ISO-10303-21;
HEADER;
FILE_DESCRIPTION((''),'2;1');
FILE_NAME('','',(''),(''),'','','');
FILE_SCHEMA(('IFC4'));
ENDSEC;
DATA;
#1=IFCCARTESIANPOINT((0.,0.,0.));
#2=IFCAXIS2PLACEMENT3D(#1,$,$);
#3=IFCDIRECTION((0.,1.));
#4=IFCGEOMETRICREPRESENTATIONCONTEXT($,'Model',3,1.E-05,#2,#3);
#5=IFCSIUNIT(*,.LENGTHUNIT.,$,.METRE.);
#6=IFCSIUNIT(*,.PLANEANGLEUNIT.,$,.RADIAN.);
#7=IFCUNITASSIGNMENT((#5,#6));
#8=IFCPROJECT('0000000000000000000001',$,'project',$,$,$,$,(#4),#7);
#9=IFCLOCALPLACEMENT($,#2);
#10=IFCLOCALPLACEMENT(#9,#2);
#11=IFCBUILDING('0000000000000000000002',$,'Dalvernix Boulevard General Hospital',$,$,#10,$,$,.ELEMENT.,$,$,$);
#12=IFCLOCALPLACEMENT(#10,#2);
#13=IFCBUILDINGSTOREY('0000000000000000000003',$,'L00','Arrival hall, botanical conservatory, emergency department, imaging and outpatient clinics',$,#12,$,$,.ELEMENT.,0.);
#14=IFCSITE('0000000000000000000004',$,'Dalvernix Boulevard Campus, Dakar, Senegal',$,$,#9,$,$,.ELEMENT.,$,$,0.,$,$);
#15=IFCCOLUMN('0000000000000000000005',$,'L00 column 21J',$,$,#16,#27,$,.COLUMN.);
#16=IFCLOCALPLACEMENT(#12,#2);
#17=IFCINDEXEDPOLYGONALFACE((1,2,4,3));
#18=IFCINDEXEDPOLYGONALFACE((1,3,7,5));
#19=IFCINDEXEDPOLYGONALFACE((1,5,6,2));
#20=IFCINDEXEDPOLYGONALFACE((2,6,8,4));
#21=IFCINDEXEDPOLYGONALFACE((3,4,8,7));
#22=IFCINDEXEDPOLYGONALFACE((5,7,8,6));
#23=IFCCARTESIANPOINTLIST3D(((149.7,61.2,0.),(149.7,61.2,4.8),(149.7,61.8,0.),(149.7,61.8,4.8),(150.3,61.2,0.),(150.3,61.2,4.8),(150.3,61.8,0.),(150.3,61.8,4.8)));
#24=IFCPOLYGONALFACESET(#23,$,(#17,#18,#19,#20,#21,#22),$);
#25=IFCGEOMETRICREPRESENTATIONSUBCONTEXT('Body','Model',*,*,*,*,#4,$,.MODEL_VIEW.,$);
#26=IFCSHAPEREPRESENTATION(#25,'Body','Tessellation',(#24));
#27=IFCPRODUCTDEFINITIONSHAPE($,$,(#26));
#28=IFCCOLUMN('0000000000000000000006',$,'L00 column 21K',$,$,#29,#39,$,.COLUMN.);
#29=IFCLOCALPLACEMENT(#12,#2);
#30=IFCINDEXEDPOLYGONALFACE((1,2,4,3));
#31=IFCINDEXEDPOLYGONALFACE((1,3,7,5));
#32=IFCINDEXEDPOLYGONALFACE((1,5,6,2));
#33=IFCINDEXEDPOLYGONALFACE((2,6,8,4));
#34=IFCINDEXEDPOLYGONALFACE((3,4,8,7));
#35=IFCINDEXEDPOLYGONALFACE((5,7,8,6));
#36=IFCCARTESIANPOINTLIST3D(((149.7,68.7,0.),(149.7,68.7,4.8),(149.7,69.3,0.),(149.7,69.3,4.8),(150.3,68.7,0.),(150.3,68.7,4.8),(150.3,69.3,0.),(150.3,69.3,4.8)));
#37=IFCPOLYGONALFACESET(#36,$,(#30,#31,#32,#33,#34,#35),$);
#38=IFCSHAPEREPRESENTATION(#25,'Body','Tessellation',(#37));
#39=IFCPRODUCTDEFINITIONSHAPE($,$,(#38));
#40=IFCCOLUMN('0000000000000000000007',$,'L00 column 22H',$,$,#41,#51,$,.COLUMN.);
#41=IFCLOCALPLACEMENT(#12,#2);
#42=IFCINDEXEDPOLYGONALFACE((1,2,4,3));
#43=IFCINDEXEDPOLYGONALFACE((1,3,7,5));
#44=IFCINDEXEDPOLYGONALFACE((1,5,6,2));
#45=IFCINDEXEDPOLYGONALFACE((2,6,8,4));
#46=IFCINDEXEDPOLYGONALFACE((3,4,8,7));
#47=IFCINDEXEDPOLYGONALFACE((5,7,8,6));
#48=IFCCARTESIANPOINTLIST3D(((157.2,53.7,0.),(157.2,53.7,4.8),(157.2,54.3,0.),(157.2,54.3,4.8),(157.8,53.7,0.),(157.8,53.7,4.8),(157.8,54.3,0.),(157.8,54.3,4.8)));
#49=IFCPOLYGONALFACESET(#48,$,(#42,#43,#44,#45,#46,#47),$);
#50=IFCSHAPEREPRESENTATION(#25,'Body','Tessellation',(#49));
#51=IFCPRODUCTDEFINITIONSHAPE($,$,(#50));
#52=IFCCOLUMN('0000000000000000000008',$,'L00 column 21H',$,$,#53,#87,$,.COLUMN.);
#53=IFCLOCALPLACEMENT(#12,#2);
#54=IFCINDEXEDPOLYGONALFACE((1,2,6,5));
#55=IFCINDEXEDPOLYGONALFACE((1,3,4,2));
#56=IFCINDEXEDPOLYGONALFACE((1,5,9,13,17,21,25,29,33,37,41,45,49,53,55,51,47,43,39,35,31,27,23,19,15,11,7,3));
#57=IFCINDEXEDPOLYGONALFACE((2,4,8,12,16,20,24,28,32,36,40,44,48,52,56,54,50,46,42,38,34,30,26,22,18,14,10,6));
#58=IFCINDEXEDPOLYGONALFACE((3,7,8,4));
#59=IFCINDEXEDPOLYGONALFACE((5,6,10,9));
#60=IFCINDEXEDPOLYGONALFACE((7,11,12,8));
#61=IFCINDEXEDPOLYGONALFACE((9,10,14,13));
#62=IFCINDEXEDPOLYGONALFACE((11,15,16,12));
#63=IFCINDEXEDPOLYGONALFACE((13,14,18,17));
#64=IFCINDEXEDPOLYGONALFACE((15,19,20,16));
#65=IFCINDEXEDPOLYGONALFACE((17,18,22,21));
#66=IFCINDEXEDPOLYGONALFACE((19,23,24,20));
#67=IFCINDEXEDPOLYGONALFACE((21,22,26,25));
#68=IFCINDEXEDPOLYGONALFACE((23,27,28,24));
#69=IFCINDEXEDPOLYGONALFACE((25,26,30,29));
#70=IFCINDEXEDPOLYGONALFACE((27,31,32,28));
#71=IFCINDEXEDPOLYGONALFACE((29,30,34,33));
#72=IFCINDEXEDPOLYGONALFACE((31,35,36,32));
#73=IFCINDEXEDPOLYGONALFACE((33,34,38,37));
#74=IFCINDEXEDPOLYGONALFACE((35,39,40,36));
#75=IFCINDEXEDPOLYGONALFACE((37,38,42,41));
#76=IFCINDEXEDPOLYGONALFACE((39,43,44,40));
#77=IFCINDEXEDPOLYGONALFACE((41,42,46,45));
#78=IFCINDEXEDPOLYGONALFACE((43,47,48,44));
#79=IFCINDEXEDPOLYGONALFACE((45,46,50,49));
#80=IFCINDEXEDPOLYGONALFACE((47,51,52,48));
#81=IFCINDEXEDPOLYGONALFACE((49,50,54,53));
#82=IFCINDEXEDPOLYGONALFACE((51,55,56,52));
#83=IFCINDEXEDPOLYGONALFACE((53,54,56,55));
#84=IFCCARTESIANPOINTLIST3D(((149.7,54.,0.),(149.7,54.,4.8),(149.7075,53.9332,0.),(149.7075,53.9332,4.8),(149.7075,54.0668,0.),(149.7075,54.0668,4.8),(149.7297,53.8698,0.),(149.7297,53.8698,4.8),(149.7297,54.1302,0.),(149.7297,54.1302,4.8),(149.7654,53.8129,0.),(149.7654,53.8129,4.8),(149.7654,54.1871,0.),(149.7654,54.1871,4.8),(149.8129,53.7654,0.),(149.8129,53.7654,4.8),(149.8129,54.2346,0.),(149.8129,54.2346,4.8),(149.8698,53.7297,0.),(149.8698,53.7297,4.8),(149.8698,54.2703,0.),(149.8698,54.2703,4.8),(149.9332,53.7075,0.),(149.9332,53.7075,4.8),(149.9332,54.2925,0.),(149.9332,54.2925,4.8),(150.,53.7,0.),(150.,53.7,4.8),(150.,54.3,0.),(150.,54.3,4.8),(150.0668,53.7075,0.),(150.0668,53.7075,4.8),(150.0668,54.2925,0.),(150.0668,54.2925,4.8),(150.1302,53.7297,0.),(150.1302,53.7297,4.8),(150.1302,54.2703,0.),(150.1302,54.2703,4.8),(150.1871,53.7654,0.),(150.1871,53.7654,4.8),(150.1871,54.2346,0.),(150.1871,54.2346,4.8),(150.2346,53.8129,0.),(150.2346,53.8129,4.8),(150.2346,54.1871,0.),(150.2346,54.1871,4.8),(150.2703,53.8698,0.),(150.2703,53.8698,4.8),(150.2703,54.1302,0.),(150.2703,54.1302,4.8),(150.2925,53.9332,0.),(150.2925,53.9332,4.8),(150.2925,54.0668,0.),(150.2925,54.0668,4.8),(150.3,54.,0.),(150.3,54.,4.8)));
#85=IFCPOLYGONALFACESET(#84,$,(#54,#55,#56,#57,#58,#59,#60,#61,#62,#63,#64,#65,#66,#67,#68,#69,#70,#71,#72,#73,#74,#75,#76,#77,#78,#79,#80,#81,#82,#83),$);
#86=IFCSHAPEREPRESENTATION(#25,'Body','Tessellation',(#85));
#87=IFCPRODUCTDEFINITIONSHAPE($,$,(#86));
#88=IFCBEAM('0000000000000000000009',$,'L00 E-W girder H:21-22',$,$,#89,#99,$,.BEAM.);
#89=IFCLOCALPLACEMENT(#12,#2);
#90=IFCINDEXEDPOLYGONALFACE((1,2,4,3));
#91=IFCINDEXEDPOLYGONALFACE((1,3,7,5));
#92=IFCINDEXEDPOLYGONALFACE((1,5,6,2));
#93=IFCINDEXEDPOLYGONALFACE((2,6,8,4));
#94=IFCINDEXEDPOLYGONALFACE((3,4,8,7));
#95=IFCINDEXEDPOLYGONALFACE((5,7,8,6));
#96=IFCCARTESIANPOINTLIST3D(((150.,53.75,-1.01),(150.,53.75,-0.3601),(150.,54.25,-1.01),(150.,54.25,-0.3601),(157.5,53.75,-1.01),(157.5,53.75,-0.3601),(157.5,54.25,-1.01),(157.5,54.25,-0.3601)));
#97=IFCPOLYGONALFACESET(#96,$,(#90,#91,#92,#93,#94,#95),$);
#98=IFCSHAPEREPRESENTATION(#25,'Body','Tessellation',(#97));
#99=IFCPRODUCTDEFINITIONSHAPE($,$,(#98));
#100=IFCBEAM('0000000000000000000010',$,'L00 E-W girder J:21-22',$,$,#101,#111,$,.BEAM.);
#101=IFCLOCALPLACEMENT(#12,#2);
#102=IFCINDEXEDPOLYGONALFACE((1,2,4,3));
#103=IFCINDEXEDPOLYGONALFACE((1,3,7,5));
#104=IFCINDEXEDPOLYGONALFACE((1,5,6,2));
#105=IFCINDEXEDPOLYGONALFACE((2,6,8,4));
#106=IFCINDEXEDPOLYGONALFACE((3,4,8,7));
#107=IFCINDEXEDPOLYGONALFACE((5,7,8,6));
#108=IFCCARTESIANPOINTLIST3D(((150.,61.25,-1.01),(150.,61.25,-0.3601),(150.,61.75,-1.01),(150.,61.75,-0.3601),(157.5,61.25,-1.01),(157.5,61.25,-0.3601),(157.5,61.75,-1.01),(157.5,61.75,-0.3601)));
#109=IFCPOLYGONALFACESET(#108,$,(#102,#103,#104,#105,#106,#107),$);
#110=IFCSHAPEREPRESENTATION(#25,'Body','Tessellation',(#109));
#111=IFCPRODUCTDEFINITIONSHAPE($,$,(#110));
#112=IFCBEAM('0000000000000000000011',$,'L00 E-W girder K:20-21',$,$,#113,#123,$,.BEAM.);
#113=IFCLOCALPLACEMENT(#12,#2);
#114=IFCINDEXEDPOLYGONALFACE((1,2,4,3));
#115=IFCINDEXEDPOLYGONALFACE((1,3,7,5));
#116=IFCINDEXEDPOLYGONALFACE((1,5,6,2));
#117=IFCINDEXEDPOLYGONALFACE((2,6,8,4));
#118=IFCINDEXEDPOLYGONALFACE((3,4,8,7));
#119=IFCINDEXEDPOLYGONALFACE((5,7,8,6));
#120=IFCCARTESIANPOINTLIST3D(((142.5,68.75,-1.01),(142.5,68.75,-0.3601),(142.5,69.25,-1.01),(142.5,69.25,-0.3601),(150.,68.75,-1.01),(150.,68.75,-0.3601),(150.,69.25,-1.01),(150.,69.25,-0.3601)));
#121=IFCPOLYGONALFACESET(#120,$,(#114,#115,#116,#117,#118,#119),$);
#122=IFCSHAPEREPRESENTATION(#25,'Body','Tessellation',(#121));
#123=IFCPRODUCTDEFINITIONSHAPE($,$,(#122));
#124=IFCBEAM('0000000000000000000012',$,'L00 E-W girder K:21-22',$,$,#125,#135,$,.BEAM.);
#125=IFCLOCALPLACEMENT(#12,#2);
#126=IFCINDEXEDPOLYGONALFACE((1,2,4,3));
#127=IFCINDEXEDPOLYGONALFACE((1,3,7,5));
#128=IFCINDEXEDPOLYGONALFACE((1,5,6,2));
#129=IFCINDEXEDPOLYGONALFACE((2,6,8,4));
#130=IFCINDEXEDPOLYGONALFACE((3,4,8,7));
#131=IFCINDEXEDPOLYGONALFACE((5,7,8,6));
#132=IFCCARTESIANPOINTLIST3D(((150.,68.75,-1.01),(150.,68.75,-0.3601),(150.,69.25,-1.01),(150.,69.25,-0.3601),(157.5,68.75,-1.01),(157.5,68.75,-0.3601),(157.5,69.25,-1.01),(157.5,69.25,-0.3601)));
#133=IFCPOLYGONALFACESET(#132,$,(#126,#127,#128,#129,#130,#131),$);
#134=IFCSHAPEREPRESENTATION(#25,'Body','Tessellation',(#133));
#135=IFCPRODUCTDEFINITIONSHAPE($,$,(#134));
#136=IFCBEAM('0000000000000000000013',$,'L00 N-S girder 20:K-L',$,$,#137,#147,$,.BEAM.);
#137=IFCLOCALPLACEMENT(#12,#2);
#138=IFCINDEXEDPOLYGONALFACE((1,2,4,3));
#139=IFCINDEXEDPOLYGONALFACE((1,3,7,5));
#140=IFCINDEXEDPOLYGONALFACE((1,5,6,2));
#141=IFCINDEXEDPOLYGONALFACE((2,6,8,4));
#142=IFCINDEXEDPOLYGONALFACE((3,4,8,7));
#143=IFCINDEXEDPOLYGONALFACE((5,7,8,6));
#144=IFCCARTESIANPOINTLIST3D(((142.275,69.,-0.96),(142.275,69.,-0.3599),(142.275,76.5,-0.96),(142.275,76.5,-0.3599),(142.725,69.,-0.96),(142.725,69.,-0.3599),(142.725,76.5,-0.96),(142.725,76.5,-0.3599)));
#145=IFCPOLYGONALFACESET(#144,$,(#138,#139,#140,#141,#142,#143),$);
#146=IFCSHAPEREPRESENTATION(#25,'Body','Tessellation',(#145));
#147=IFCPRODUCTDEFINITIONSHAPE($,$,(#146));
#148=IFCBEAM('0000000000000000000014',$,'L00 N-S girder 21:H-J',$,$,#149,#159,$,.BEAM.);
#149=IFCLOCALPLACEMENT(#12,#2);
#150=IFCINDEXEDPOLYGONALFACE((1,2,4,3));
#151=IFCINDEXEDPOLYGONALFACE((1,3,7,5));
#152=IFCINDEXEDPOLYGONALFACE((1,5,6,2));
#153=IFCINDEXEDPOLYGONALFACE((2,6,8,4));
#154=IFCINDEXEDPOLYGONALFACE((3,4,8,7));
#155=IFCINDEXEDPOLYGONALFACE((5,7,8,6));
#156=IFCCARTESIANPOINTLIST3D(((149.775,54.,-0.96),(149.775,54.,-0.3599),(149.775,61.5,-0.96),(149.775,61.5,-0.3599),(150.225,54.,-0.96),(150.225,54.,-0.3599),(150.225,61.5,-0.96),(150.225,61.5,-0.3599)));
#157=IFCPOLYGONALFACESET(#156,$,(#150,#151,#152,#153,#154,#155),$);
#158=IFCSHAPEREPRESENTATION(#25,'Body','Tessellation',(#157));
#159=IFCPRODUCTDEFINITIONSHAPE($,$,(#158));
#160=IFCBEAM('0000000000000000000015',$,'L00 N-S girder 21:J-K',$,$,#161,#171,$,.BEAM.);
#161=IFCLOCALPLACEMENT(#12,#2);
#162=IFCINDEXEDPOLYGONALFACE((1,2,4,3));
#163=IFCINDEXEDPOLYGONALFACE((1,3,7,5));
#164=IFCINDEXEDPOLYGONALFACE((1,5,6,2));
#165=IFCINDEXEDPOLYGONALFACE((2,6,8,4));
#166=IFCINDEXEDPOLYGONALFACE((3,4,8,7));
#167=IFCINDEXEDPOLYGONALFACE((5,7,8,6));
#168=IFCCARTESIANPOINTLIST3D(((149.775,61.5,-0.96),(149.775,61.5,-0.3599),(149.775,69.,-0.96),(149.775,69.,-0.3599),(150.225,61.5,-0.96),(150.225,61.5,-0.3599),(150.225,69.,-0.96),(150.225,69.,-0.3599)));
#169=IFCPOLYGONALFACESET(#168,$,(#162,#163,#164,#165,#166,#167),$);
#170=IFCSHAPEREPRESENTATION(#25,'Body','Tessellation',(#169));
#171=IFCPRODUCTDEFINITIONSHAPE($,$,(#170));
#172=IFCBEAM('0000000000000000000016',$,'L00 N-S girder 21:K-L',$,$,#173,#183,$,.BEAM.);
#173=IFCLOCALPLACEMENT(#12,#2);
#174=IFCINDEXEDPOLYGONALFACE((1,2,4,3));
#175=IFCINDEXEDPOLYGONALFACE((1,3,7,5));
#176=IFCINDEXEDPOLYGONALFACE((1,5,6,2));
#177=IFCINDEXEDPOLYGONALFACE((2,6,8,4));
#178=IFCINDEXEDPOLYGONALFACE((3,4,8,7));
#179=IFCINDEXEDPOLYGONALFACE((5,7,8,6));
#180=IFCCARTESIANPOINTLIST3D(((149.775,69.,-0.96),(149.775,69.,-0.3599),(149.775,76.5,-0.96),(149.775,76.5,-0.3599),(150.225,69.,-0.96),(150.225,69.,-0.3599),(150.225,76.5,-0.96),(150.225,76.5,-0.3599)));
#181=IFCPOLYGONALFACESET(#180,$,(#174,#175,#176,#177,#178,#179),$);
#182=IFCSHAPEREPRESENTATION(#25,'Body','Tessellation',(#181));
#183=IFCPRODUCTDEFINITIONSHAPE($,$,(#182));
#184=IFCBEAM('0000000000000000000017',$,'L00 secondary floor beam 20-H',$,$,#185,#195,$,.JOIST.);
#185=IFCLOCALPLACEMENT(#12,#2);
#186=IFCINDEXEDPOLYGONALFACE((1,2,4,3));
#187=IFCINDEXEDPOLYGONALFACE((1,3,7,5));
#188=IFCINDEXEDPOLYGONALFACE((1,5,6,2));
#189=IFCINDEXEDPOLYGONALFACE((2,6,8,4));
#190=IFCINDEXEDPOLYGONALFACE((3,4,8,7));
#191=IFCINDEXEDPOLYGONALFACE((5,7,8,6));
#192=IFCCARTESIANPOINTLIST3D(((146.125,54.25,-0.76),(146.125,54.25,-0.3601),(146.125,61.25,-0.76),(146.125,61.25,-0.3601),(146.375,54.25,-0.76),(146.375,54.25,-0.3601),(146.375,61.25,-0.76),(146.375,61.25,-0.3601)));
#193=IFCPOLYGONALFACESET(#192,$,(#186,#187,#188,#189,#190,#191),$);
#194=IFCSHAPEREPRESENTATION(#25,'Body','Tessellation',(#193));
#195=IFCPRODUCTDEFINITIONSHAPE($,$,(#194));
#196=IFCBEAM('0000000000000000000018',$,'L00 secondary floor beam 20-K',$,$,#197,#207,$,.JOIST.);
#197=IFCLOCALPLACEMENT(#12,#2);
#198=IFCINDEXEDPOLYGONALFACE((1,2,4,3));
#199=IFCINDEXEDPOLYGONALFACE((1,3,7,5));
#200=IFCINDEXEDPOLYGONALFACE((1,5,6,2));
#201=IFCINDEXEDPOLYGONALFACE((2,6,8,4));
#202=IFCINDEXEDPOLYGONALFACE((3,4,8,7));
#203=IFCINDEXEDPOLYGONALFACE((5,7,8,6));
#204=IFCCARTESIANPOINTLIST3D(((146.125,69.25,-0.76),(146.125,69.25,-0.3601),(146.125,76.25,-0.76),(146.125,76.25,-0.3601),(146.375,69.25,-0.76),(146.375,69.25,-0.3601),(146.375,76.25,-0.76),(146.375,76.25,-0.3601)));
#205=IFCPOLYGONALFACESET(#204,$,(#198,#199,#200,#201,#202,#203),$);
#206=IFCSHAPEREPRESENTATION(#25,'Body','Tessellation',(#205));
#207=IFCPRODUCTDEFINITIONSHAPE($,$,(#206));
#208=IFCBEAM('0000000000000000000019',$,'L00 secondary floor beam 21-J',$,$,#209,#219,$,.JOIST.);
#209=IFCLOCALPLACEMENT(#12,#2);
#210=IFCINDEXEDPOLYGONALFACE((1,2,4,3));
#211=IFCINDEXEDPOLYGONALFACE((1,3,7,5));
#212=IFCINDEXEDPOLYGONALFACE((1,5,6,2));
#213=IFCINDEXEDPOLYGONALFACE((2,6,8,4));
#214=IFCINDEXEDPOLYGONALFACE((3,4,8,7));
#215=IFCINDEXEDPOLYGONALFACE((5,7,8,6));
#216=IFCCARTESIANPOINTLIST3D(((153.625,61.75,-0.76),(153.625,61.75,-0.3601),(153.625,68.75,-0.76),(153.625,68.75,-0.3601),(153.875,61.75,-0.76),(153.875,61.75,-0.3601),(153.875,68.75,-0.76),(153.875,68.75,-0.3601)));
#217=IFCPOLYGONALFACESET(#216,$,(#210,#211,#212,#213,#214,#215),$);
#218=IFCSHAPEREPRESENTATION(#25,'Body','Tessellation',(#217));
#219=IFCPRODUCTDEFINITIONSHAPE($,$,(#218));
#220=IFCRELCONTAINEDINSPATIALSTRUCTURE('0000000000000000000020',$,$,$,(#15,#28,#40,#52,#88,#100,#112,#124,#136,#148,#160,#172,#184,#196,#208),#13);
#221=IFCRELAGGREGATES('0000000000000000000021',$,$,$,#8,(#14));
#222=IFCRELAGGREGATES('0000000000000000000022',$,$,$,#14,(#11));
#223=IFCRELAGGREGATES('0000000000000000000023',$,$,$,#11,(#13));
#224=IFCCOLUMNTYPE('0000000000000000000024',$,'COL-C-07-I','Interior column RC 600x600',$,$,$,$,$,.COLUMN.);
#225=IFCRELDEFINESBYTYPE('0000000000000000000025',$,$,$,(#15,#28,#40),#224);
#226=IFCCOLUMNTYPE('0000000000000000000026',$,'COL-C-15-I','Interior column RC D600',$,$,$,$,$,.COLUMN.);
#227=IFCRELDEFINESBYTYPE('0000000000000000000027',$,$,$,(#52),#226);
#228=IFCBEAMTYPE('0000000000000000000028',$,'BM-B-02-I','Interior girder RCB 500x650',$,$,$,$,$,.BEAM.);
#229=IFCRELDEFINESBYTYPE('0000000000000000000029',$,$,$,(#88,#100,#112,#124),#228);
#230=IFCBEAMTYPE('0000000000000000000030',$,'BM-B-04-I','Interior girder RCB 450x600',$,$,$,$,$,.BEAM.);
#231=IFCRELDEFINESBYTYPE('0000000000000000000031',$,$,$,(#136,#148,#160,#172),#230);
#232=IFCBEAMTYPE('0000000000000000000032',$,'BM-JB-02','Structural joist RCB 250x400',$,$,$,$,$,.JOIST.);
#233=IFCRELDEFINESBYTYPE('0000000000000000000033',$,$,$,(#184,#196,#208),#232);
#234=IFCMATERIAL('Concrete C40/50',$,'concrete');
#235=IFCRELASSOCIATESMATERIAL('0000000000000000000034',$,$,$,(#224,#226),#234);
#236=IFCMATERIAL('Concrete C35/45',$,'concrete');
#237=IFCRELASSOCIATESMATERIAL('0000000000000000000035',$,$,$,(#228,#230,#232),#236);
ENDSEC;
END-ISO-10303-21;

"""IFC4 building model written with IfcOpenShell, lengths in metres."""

from ifc_helpers import new_model, si_unit, direction, frame, origin, origin_2d, place, context, subcontext, project, spatial, rectangle, circle, extrude, material, material_profile, profile_set, type_object, element, save


model = new_model("IFC4")

# Units and contexts
model_context = context("Model", 3, precision=1e-05, world=origin(), true_north=direction((0.0, 1.0)))
body_context = subcontext(model_context, "Body", "Model", "MODEL_VIEW")
ifc_project = project(units=[si_unit("LENGTHUNIT", "METRE"), si_unit("PLANEANGLEUNIT", "RADIAN")], contexts=[model_context])

# Site, building, storey
site_placement = place(None, origin())
site = spatial("IfcSite", under=ifc_project, at=site_placement, Name="Dalvernix Boulevard Campus, Dakar, Senegal", CompositionType="ELEMENT", RefElevation=0.0)
building_placement = place(site_placement, origin())
building = spatial("IfcBuilding", under=site, at=building_placement, Name="Dalvernix Boulevard General Hospital", CompositionType="ELEMENT")
storey_placement = place(building_placement, origin())
storey = spatial("IfcBuildingStorey", under=building, at=storey_placement, Name="L00", Description="Arrival hall, botanical conservatory, emergency department, imaging and outpatient clinics", CompositionType="ELEMENT", Elevation=0.0)

# Columns
ifc_material_1 = material(Name="Concrete C40/50", Category="concrete")
ifc_material_profile_1 = material_profile(ifc_material_1, rectangle(XDim=0.6001, YDim=0.6001, at=origin_2d()), Name="RC 600x600")
ifc_profile_set_1 = profile_set([ifc_material_profile_1], Name="Concrete C40/50")
column_type_1 = type_object("IfcColumnType", Name="COL-C-07-I", Description="Interior column RC 600x600", PredefinedType="COLUMN", material=ifc_profile_set_1)
for number, where, z_axis, x_axis, name in (
    (1, (150.0, 61.5, 0.0), (0.0, 0.0, 1.0), (1.0, 0.0, 0.0), "L00 column 21J"),
    (2, (150.0, 69.0, 0.0), (0.0, 0.0, 1.0), (1.0, 0.0, 0.0), "L00 column 21K"),
    (3, (157.5, 54.0, 0.0), (0.0, 0.0, 1.0), (1.0, 0.0, 0.0), "L00 column 22H"),
):
    element("IfcColumn", number, at=place(storey_placement, frame(where, z_axis=z_axis, x_axis=x_axis)), inside=storey, type_object=column_type_1, Name=name, PredefinedType="COLUMN", context=body_context, shape_type="SweptSolid", body=[
        extrude(rectangle(XDim=0.6001, YDim=0.6001, at=origin_2d()), origin(), (0.0, 0.0, 1.0), 4.8),
    ])
ifc_material_profile_2 = material_profile(ifc_material_1, circle(Radius=0.3, at=origin_2d()), Name="RC D600")
ifc_profile_set_2 = profile_set([ifc_material_profile_2], Name="Concrete C40/50")
column_type_2 = type_object("IfcColumnType", Name="COL-C-15-I", Description="Interior column RC D600", PredefinedType="COLUMN", material=ifc_profile_set_2)
column_placement = place(storey_placement, frame((150.0, 54.0, 0.0), z_axis=(0.0, 0.0, 1.0), x_axis=(1.0, 0.0, 0.0)))
element("IfcColumn", 4, at=column_placement, inside=storey, type_object=column_type_2, Name="L00 column 21H", PredefinedType="COLUMN", context=body_context, shape_type="SweptSolid", body=[
    extrude(circle(Radius=0.3, at=origin_2d()), origin(), (0.0, 0.0, 1.0), 4.8),
])

# Beams
ifc_material_2 = material(Name="Concrete C35/45", Category="concrete")
ifc_material_profile_3 = material_profile(ifc_material_2, rectangle(XDim=0.5, YDim=0.6499, at=origin_2d()), Name="RCB 500x650")
ifc_profile_set_3 = profile_set([ifc_material_profile_3], Name="Concrete C35/45")
beam_type_1 = type_object("IfcBeamType", Name="BM-B-02-I", Description="Interior girder RCB 500x650", PredefinedType="BEAM", material=ifc_profile_set_3)
for number, where, z_axis, x_axis, name in (
    (5, (150.0, 54.0, -0.6851), (1.0, 0.0, 0.0), (0.0, 1.0, 0.0), "L00 E-W girder H:21-22"),
    (6, (150.0, 61.5, -0.6851), (1.0, 0.0, 0.0), (0.0, 1.0, 0.0), "L00 E-W girder J:21-22"),
    (7, (142.5, 69.0, -0.6851), (1.0, 0.0, 0.0), (0.0, 1.0, 0.0), "L00 E-W girder K:20-21"),
    (8, (150.0, 69.0, -0.6851), (1.0, 0.0, 0.0), (0.0, 1.0, 0.0), "L00 E-W girder K:21-22"),
):
    element("IfcBeam", number, at=place(storey_placement, frame(where, z_axis=z_axis, x_axis=x_axis)), inside=storey, type_object=beam_type_1, Name=name, PredefinedType="BEAM", context=body_context, shape_type="SweptSolid", body=[
        extrude(rectangle(XDim=0.5, YDim=0.6499, at=origin_2d()), origin(), (0.0, 0.0, 1.0), 7.5),
    ])
ifc_material_profile_4 = material_profile(ifc_material_2, rectangle(XDim=0.45, YDim=0.6001, at=origin_2d()), Name="RCB 450x600")
ifc_profile_set_4 = profile_set([ifc_material_profile_4], Name="Concrete C35/45")
beam_type_2 = type_object("IfcBeamType", Name="BM-B-04-I", Description="Interior girder RCB 450x600", PredefinedType="BEAM", material=ifc_profile_set_4)
for number, where, z_axis, x_axis, name in (
    (9, (142.5, 69.0, -0.6599), (0.0, 1.0, 0.0), (-1.0, 0.0, 0.0), "L00 N-S girder 20:K-L"),
    (10, (150.0, 54.0, -0.6599), (0.0, 1.0, 0.0), (-1.0, 0.0, 0.0), "L00 N-S girder 21:H-J"),
    (11, (150.0, 61.5, -0.6599), (0.0, 1.0, 0.0), (-1.0, 0.0, 0.0), "L00 N-S girder 21:J-K"),
    (12, (150.0, 69.0, -0.6599), (0.0, 1.0, 0.0), (-1.0, 0.0, 0.0), "L00 N-S girder 21:K-L"),
):
    element("IfcBeam", number, at=place(storey_placement, frame(where, z_axis=z_axis, x_axis=x_axis)), inside=storey, type_object=beam_type_2, Name=name, PredefinedType="BEAM", context=body_context, shape_type="SweptSolid", body=[
        extrude(rectangle(XDim=0.45, YDim=0.6001, at=origin_2d()), origin(), (0.0, 0.0, 1.0), 7.5),
    ])
ifc_material_profile_5 = material_profile(ifc_material_2, rectangle(XDim=0.25, YDim=0.3999, at=origin_2d()), Name="RCB 250x400")
ifc_profile_set_5 = profile_set([ifc_material_profile_5], Name="Concrete C35/45")
beam_type_3 = type_object("IfcBeamType", Name="BM-JB-02", Description="Structural joist RCB 250x400", PredefinedType="JOIST", material=ifc_profile_set_5)
for number, where, z_axis, x_axis, name in (
    (13, (146.25, 54.25, -0.5601), (0.0, 1.0, 0.0), (-1.0, 0.0, 0.0), "L00 secondary floor beam 20-H"),
    (14, (146.25, 69.25, -0.5601), (0.0, 1.0, 0.0), (-1.0, 0.0, 0.0), "L00 secondary floor beam 20-K"),
    (15, (153.75, 61.75, -0.5601), (0.0, 1.0, 0.0), (-1.0, 0.0, 0.0), "L00 secondary floor beam 21-J"),
):
    element("IfcBeam", number, at=place(storey_placement, frame(where, z_axis=z_axis, x_axis=x_axis)), inside=storey, type_object=beam_type_3, Name=name, PredefinedType="JOIST", context=body_context, shape_type="SweptSolid", body=[
        extrude(rectangle(XDim=0.25, YDim=0.3999, at=origin_2d()), origin(), (0.0, 0.0, 1.0), 7.0),
    ])

save(model, "model.ifc")
